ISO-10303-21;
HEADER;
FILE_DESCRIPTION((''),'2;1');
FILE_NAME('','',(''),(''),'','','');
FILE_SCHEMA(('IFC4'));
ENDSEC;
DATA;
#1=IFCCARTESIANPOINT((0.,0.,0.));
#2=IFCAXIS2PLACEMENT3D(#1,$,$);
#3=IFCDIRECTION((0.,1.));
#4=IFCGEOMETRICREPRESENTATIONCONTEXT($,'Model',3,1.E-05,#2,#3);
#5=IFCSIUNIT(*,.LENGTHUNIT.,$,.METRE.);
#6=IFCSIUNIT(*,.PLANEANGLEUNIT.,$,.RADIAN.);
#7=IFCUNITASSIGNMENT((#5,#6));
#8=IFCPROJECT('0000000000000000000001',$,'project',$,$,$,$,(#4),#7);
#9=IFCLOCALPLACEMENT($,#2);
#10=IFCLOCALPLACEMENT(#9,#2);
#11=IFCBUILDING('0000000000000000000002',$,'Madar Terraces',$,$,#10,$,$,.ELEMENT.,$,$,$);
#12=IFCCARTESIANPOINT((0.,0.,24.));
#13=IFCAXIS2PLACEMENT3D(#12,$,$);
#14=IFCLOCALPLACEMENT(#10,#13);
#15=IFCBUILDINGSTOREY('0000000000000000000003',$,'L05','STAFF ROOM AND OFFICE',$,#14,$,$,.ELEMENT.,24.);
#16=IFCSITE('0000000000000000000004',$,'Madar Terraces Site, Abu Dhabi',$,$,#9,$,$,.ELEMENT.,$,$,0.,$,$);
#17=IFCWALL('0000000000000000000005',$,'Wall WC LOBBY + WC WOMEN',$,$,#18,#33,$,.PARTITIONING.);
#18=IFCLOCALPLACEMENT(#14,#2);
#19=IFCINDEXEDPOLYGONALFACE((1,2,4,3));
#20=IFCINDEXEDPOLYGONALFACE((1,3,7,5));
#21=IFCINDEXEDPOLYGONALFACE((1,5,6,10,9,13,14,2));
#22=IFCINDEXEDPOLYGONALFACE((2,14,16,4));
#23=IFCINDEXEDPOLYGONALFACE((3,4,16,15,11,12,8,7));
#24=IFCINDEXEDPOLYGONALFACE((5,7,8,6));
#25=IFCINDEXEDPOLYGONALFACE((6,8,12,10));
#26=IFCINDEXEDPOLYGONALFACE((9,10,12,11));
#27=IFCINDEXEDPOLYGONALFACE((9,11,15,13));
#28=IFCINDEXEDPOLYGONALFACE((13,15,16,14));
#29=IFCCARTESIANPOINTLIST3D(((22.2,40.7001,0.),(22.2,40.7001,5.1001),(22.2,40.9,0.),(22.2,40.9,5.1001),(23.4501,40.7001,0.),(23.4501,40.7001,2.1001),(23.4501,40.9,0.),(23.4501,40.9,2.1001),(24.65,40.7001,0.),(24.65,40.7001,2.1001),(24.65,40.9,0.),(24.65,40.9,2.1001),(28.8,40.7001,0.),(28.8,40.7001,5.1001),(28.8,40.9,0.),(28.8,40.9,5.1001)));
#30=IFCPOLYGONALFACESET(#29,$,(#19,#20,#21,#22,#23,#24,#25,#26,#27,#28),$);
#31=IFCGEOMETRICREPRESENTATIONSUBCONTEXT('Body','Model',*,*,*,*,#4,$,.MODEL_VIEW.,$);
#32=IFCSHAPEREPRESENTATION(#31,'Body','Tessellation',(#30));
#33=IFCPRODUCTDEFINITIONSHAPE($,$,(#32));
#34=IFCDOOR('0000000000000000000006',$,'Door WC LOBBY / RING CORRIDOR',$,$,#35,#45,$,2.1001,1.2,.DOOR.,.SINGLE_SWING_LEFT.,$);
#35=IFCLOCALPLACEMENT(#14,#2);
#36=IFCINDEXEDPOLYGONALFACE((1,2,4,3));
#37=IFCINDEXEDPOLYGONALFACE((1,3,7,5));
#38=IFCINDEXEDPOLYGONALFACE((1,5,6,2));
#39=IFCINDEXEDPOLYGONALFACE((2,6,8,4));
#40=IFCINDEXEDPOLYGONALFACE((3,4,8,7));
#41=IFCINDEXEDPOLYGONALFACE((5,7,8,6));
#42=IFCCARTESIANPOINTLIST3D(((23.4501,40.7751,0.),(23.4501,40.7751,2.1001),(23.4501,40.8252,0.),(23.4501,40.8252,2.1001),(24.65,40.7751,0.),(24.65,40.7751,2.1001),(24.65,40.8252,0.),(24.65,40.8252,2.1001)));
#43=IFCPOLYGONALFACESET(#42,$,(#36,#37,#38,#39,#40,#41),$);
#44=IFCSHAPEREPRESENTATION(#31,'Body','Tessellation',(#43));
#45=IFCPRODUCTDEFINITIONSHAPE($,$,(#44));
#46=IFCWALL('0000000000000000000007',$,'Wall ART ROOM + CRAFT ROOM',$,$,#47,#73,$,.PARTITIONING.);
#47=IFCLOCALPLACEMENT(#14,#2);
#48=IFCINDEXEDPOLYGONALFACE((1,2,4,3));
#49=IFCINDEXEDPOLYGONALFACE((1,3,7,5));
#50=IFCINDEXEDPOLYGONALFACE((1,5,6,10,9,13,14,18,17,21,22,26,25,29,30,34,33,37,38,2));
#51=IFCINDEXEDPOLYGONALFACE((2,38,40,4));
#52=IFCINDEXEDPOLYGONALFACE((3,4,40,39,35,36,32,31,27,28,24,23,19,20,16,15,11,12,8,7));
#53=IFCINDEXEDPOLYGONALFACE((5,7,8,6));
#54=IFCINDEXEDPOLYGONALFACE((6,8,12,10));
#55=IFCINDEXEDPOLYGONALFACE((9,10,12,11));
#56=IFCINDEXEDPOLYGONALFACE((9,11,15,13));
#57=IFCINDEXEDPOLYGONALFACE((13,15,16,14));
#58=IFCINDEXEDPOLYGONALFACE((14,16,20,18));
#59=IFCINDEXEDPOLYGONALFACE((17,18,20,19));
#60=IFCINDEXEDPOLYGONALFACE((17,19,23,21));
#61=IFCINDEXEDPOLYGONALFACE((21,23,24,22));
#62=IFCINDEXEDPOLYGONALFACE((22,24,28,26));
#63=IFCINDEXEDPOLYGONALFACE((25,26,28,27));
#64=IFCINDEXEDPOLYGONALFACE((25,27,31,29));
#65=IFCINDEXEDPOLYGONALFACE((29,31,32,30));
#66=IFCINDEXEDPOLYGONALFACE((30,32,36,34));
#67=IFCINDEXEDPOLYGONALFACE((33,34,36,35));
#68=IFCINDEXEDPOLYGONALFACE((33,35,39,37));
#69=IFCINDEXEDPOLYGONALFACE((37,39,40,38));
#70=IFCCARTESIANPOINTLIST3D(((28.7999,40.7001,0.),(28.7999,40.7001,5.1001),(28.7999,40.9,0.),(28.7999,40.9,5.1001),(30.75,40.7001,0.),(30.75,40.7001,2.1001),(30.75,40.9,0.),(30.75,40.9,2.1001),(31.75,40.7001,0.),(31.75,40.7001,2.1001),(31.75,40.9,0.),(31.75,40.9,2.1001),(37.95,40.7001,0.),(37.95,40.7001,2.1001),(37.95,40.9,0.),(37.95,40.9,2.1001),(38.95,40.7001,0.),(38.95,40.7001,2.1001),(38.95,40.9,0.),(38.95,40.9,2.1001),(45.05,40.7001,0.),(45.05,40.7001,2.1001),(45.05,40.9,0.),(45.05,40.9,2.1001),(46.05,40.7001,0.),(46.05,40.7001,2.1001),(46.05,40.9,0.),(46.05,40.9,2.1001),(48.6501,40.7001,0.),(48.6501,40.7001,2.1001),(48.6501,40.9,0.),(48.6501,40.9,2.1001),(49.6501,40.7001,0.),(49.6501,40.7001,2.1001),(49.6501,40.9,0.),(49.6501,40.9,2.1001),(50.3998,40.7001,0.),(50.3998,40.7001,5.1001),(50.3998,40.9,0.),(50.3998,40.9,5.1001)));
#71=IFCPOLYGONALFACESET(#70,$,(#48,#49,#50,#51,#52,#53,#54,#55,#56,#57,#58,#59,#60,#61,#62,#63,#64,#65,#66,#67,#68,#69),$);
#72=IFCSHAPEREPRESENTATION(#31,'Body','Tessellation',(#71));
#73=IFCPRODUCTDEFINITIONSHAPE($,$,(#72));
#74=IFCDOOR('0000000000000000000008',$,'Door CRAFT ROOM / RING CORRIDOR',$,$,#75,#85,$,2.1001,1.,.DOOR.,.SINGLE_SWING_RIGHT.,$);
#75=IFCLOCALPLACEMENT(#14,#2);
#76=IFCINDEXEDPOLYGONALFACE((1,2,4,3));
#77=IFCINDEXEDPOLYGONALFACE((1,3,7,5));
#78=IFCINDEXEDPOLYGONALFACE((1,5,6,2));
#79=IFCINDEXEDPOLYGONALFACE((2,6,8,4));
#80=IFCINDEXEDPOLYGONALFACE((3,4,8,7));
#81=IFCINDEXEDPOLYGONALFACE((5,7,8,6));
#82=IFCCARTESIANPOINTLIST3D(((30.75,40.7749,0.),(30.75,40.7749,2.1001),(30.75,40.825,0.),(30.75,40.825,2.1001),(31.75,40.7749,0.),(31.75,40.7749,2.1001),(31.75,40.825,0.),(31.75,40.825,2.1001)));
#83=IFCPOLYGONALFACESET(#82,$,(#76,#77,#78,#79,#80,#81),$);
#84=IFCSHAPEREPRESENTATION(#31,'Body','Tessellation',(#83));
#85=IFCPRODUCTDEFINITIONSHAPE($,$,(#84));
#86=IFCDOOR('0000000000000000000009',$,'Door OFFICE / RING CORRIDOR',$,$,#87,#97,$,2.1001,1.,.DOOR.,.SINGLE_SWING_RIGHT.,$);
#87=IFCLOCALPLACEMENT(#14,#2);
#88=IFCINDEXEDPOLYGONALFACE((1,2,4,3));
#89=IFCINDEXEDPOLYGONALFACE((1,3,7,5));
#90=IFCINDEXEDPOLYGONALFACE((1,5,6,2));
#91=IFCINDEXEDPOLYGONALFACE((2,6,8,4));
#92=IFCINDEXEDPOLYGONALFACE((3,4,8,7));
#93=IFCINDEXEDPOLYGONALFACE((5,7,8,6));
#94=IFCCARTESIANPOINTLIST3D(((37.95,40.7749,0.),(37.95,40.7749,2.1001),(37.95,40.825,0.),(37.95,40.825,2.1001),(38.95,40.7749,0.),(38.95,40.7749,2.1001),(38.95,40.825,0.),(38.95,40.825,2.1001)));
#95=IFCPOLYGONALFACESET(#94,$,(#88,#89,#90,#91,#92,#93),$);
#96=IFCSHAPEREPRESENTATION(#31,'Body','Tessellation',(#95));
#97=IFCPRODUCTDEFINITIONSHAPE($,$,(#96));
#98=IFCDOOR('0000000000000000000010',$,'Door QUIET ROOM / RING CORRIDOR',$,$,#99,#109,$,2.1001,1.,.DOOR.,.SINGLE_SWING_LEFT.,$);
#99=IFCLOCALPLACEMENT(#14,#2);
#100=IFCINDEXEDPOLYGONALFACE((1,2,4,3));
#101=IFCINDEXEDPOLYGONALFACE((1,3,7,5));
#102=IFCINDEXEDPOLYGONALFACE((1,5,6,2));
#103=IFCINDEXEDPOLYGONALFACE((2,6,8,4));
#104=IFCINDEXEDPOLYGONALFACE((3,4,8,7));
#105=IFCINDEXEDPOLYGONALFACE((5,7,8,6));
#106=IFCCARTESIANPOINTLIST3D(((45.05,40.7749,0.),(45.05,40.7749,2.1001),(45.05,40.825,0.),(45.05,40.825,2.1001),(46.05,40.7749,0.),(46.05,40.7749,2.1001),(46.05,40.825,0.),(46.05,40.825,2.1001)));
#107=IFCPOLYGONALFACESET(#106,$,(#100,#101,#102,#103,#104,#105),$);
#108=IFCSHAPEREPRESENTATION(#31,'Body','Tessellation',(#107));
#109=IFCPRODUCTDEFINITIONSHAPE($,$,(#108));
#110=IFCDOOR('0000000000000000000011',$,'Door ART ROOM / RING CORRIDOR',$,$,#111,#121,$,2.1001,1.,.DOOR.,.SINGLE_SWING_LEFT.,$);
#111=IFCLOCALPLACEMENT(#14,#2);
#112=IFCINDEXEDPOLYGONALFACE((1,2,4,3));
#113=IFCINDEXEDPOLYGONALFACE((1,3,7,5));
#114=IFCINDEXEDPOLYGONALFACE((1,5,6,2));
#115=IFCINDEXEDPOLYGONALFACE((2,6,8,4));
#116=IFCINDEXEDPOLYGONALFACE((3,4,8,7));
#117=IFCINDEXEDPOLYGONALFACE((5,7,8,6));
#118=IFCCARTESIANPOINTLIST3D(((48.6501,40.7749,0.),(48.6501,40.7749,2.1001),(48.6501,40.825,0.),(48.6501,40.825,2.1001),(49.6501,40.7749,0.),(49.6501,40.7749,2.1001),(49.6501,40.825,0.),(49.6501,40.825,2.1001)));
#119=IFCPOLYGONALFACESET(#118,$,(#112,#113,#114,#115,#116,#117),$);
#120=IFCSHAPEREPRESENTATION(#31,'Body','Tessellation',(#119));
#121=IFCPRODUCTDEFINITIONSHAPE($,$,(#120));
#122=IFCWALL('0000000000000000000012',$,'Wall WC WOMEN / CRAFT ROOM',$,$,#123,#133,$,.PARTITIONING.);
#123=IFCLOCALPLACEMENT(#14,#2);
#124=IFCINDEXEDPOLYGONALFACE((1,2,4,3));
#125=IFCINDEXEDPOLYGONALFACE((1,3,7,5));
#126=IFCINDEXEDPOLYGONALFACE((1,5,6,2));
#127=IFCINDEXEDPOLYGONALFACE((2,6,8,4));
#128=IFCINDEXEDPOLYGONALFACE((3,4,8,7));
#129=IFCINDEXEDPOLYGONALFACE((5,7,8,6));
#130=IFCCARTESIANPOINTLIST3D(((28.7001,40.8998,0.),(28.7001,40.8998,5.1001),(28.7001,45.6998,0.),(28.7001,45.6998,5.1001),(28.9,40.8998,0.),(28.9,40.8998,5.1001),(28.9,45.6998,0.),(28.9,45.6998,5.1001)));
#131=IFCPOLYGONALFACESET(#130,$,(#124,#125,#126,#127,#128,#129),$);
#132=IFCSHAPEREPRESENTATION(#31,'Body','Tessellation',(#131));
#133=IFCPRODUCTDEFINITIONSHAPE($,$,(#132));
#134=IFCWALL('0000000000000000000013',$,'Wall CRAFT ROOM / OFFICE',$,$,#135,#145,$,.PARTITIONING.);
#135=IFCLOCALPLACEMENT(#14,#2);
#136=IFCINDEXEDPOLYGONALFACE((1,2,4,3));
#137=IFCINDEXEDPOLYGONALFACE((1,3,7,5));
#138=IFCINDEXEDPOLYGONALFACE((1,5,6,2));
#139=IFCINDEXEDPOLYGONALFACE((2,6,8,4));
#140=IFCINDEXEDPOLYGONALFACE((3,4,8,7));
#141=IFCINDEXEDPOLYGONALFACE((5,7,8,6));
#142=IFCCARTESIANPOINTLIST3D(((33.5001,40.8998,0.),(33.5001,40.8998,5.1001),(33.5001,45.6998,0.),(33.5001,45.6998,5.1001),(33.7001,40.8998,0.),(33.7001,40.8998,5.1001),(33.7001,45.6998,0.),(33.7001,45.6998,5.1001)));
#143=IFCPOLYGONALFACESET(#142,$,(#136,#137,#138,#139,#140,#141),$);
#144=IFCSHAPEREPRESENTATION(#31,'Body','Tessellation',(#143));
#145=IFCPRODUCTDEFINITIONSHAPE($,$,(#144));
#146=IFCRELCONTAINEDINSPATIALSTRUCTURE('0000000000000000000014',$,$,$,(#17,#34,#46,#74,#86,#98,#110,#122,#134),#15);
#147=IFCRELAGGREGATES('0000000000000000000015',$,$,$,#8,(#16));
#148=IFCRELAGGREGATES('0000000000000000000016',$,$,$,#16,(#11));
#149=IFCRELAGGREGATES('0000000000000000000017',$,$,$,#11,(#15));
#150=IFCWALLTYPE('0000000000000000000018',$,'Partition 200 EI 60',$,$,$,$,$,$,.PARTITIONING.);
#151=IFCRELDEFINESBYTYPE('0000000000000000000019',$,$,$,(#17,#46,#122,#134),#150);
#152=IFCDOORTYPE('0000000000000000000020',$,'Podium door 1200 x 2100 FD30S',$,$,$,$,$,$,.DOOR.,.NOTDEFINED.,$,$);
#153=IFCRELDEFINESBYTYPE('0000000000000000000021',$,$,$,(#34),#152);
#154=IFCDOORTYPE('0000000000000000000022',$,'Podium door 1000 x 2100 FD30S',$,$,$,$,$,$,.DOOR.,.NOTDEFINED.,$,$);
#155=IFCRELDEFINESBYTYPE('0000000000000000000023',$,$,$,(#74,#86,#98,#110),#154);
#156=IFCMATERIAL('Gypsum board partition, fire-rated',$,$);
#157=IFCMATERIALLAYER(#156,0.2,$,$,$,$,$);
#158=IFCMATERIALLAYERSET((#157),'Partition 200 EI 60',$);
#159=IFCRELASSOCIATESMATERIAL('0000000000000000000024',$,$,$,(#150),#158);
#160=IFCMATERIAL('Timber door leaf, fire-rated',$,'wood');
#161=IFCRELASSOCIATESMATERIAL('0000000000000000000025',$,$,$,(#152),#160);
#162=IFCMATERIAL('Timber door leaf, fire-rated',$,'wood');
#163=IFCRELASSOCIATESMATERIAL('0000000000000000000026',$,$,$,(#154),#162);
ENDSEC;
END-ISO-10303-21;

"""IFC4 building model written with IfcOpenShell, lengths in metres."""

from ifc_helpers import new_model, si_unit, direction, frame, frame_2d, origin, place, context, subcontext, project, spatial, rectangle, extrude, material, layer, layer_set, type_object, element, fill, save


model = new_model("IFC4")

# Units and contexts
model_context = context("Model", 3, precision=1e-05, world=origin(), true_north=direction((0.0, 1.0)))
body_context = subcontext(model_context, "Body", "Model", "MODEL_VIEW")
ifc_project = project(units=[si_unit("LENGTHUNIT", "METRE"), si_unit("PLANEANGLEUNIT", "RADIAN")], contexts=[model_context])

# Site, building, storey
site_placement = place(None, origin())
site = spatial("IfcSite", under=ifc_project, at=site_placement, Name="Madar Terraces Site, Abu Dhabi", CompositionType="ELEMENT", RefElevation=0.0)
building_placement = place(site_placement, origin())
building = spatial("IfcBuilding", under=site, at=building_placement, Name="Madar Terraces", CompositionType="ELEMENT")
storey_placement = place(building_placement, frame((0.0, 0.0, 24.0)))
storey = spatial("IfcBuildingStorey", under=building, at=storey_placement, Name="L05", Description="STAFF ROOM AND OFFICE", CompositionType="ELEMENT", Elevation=24.0)

# Wall, opening, door
ifc_material_1 = material(Name="Gypsum board partition, fire-rated")
ifc_layer_1 = layer(ifc_material_1, 0.2)
ifc_layer_set_1 = layer_set([ifc_layer_1], Name="Partition 200 EI 60")
wall_type_1 = type_object("IfcWallType", Name="Partition 200 EI 60", PredefinedType="PARTITIONING", material=ifc_layer_set_1)
wall_1_placement = place(storey_placement, frame((28.8, 40.8, 0.0), z_axis=(0.0, 0.0, 1.0), x_axis=(-1.0, 0.0, 0.0)))
wall_1 = element("IfcWall", 1, at=wall_1_placement, inside=storey, type_object=wall_type_1, Name="Wall WC LOBBY + WC WOMEN", PredefinedType="PARTITIONING", context=body_context, shape_type="SweptSolid", body=[
    extrude(rectangle(XDim=6.6001, YDim=0.2, at=frame_2d((3.3, 0.0))), origin(), (0.0, 0.0, 1.0), 5.1001),
])
opening_1_placement = place(wall_1_placement, frame((4.1499, 0.0, 0.0)))
opening_1 = element("IfcOpeningElement", 2, at=opening_1_placement, cuts=wall_1, PredefinedType="OPENING", context=body_context, shape_type="SweptSolid", body=[
    extrude(rectangle(XDim=1.2, YDim=2.1001, at=frame_2d((0.6001, 1.05))), frame((0.0, 0.1099, 0.0), z_axis=(0.0, -1.0, 0.0), x_axis=(1.0, 0.0, 0.0)), (0.0, 0.0, 1.0), 0.22),
])
ifc_material_2 = material(Name="Timber door leaf, fire-rated", Category="wood")
door_type_1 = type_object("IfcDoorType", Name="Podium door 1200 x 2100 FD30S", OperationType="NOTDEFINED", PredefinedType="DOOR", material=ifc_material_2)
door_1_placement = place(opening_1_placement, origin())
door_1 = element("IfcDoor", 3, at=door_1_placement, inside=storey, type_object=door_type_1, Name="Door WC LOBBY / RING CORRIDOR", OperationType="SINGLE_SWING_LEFT", OverallHeight=2.1001, OverallWidth=1.2, PredefinedType="DOOR", context=body_context, shape_type="SweptSolid", body=[
    extrude(rectangle(XDim=1.2, YDim=2.1001, at=frame_2d((0.6001, 1.05))), frame((0.0, 0.0249, 0.0), z_axis=(0.0, -1.0, 0.0), x_axis=(1.0, 0.0, 0.0)), (0.0, 0.0, 1.0), 0.05),
])
fill(opening_1, door_1)

# Wall, openings, doors
wall_2_placement = place(storey_placement, frame((28.8, 40.8, 0.0), z_axis=(0.0, 0.0, 1.0), x_axis=(1.0, 0.0, 0.0)))
wall_2 = element("IfcWall", 4, at=wall_2_placement, inside=storey, type_object=wall_type_1, Name="Wall ART ROOM + CRAFT ROOM", PredefinedType="PARTITIONING", context=body_context, shape_type="SweptSolid", body=[
    extrude(rectangle(XDim=21.5999, YDim=0.2, at=frame_2d((10.7998, 0.0))), origin(), (0.0, 0.0, 1.0), 5.1001),
])
opening_2_placement = place(wall_2_placement, frame((1.95, 0.0, 0.0)))
opening_2 = element("IfcOpeningElement", 5, at=opening_2_placement, cuts=wall_2, PredefinedType="OPENING", context=body_context, shape_type="SweptSolid", body=[
    extrude(rectangle(XDim=1.0, YDim=2.1001, at=frame_2d((0.5, 1.05))), frame((0.0, 0.1099, 0.0), z_axis=(0.0, -1.0, 0.0), x_axis=(1.0, 0.0, 0.0)), (0.0, 0.0, 1.0), 0.22),
])
opening_3_placement = place(wall_2_placement, frame((9.1499, 0.0, 0.0)))
opening_3 = element("IfcOpeningElement", 6, at=opening_3_placement, cuts=wall_2, PredefinedType="OPENING", context=body_context, shape_type="SweptSolid", body=[
    extrude(rectangle(XDim=1.0, YDim=2.1001, at=frame_2d((0.5, 1.05))), frame((0.0, 0.1099, 0.0), z_axis=(0.0, -1.0, 0.0), x_axis=(1.0, 0.0, 0.0)), (0.0, 0.0, 1.0), 0.22),
])
opening_4_placement = place(wall_2_placement, frame((16.25, 0.0, 0.0)))
opening_4 = element("IfcOpeningElement", 7, at=opening_4_placement, cuts=wall_2, PredefinedType="OPENING", context=body_context, shape_type="SweptSolid", body=[
    extrude(rectangle(XDim=1.0, YDim=2.1001, at=frame_2d((0.5, 1.05))), frame((0.0, 0.1099, 0.0), z_axis=(0.0, -1.0, 0.0), x_axis=(1.0, 0.0, 0.0)), (0.0, 0.0, 1.0), 0.22),
])
opening_5_placement = place(wall_2_placement, frame((19.8501, 0.0, 0.0)))
opening_5 = element("IfcOpeningElement", 8, at=opening_5_placement, cuts=wall_2, PredefinedType="OPENING", context=body_context, shape_type="SweptSolid", body=[
    extrude(rectangle(XDim=1.0, YDim=2.1001, at=frame_2d((0.5, 1.05))), frame((0.0, 0.1099, 0.0), z_axis=(0.0, -1.0, 0.0), x_axis=(1.0, 0.0, 0.0)), (0.0, 0.0, 1.0), 0.22),
])
ifc_material_3 = material(Name="Timber door leaf, fire-rated", Category="wood")
door_type_2 = type_object("IfcDoorType", Name="Podium door 1000 x 2100 FD30S", OperationType="NOTDEFINED", PredefinedType="DOOR", material=ifc_material_3)
door_2_placement = place(opening_2_placement, origin())
door_2 = element("IfcDoor", 9, at=door_2_placement, inside=storey, type_object=door_type_2, Name="Door CRAFT ROOM / RING CORRIDOR", OperationType="SINGLE_SWING_RIGHT", OverallHeight=2.1001, OverallWidth=1.0, PredefinedType="DOOR", context=body_context, shape_type="SweptSolid", body=[
    extrude(rectangle(XDim=1.0, YDim=2.1001, at=frame_2d((0.5, 1.05))), frame((0.0, 0.0249, 0.0), z_axis=(0.0, -1.0, 0.0), x_axis=(1.0, 0.0, 0.0)), (0.0, 0.0, 1.0), 0.05),
])
fill(opening_2, door_2)
door_3_placement = place(opening_3_placement, origin())
door_3 = element("IfcDoor", 10, at=door_3_placement, inside=storey, type_object=door_type_2, Name="Door OFFICE / RING CORRIDOR", OperationType="SINGLE_SWING_RIGHT", OverallHeight=2.1001, OverallWidth=1.0, PredefinedType="DOOR", context=body_context, shape_type="SweptSolid", body=[
    extrude(rectangle(XDim=1.0, YDim=2.1001, at=frame_2d((0.5, 1.05))), frame((0.0, 0.0249, 0.0), z_axis=(0.0, -1.0, 0.0), x_axis=(1.0, 0.0, 0.0)), (0.0, 0.0, 1.0), 0.05),
])
fill(opening_3, door_3)
door_4_placement = place(opening_4_placement, origin())
door_4 = element("IfcDoor", 11, at=door_4_placement, inside=storey, type_object=door_type_2, Name="Door QUIET ROOM / RING CORRIDOR", OperationType="SINGLE_SWING_LEFT", OverallHeight=2.1001, OverallWidth=1.0, PredefinedType="DOOR", context=body_context, shape_type="SweptSolid", body=[
    extrude(rectangle(XDim=1.0, YDim=2.1001, at=frame_2d((0.5, 1.05))), frame((0.0, 0.0249, 0.0), z_axis=(0.0, -1.0, 0.0), x_axis=(1.0, 0.0, 0.0)), (0.0, 0.0, 1.0), 0.05),
])
fill(opening_4, door_4)
door_5_placement = place(opening_5_placement, origin())
door_5 = element("IfcDoor", 12, at=door_5_placement, inside=storey, type_object=door_type_2, Name="Door ART ROOM / RING CORRIDOR", OperationType="SINGLE_SWING_LEFT", OverallHeight=2.1001, OverallWidth=1.0, PredefinedType="DOOR", context=body_context, shape_type="SweptSolid", body=[
    extrude(rectangle(XDim=1.0, YDim=2.1001, at=frame_2d((0.5, 1.05))), frame((0.0, 0.0249, 0.0), z_axis=(0.0, -1.0, 0.0), x_axis=(1.0, 0.0, 0.0)), (0.0, 0.0, 1.0), 0.05),
])
fill(opening_5, door_5)

# Walls
for number, where, z_axis, x_axis, name in (
    (13, (28.8, 40.8999, 0.0), (0.0, 0.0, 1.0), (0.0, 1.0, 0.0), "Wall WC WOMEN / CRAFT ROOM"),
    (14, (33.6001, 40.8999, 0.0), (0.0, 0.0, 1.0), (0.0, 1.0, 0.0), "Wall CRAFT ROOM / OFFICE"),
):
    element("IfcWall", number, at=place(storey_placement, frame(where, z_axis=z_axis, x_axis=x_axis)), inside=storey, type_object=wall_type_1, Name=name, PredefinedType="PARTITIONING", context=body_context, shape_type="SweptSolid", body=[
        extrude(rectangle(XDim=4.8, YDim=0.2, at=frame_2d((2.3999, 0.0))), origin(), (0.0, 0.0, 1.0), 5.1001),
    ])

save(model, "model.ifc")
